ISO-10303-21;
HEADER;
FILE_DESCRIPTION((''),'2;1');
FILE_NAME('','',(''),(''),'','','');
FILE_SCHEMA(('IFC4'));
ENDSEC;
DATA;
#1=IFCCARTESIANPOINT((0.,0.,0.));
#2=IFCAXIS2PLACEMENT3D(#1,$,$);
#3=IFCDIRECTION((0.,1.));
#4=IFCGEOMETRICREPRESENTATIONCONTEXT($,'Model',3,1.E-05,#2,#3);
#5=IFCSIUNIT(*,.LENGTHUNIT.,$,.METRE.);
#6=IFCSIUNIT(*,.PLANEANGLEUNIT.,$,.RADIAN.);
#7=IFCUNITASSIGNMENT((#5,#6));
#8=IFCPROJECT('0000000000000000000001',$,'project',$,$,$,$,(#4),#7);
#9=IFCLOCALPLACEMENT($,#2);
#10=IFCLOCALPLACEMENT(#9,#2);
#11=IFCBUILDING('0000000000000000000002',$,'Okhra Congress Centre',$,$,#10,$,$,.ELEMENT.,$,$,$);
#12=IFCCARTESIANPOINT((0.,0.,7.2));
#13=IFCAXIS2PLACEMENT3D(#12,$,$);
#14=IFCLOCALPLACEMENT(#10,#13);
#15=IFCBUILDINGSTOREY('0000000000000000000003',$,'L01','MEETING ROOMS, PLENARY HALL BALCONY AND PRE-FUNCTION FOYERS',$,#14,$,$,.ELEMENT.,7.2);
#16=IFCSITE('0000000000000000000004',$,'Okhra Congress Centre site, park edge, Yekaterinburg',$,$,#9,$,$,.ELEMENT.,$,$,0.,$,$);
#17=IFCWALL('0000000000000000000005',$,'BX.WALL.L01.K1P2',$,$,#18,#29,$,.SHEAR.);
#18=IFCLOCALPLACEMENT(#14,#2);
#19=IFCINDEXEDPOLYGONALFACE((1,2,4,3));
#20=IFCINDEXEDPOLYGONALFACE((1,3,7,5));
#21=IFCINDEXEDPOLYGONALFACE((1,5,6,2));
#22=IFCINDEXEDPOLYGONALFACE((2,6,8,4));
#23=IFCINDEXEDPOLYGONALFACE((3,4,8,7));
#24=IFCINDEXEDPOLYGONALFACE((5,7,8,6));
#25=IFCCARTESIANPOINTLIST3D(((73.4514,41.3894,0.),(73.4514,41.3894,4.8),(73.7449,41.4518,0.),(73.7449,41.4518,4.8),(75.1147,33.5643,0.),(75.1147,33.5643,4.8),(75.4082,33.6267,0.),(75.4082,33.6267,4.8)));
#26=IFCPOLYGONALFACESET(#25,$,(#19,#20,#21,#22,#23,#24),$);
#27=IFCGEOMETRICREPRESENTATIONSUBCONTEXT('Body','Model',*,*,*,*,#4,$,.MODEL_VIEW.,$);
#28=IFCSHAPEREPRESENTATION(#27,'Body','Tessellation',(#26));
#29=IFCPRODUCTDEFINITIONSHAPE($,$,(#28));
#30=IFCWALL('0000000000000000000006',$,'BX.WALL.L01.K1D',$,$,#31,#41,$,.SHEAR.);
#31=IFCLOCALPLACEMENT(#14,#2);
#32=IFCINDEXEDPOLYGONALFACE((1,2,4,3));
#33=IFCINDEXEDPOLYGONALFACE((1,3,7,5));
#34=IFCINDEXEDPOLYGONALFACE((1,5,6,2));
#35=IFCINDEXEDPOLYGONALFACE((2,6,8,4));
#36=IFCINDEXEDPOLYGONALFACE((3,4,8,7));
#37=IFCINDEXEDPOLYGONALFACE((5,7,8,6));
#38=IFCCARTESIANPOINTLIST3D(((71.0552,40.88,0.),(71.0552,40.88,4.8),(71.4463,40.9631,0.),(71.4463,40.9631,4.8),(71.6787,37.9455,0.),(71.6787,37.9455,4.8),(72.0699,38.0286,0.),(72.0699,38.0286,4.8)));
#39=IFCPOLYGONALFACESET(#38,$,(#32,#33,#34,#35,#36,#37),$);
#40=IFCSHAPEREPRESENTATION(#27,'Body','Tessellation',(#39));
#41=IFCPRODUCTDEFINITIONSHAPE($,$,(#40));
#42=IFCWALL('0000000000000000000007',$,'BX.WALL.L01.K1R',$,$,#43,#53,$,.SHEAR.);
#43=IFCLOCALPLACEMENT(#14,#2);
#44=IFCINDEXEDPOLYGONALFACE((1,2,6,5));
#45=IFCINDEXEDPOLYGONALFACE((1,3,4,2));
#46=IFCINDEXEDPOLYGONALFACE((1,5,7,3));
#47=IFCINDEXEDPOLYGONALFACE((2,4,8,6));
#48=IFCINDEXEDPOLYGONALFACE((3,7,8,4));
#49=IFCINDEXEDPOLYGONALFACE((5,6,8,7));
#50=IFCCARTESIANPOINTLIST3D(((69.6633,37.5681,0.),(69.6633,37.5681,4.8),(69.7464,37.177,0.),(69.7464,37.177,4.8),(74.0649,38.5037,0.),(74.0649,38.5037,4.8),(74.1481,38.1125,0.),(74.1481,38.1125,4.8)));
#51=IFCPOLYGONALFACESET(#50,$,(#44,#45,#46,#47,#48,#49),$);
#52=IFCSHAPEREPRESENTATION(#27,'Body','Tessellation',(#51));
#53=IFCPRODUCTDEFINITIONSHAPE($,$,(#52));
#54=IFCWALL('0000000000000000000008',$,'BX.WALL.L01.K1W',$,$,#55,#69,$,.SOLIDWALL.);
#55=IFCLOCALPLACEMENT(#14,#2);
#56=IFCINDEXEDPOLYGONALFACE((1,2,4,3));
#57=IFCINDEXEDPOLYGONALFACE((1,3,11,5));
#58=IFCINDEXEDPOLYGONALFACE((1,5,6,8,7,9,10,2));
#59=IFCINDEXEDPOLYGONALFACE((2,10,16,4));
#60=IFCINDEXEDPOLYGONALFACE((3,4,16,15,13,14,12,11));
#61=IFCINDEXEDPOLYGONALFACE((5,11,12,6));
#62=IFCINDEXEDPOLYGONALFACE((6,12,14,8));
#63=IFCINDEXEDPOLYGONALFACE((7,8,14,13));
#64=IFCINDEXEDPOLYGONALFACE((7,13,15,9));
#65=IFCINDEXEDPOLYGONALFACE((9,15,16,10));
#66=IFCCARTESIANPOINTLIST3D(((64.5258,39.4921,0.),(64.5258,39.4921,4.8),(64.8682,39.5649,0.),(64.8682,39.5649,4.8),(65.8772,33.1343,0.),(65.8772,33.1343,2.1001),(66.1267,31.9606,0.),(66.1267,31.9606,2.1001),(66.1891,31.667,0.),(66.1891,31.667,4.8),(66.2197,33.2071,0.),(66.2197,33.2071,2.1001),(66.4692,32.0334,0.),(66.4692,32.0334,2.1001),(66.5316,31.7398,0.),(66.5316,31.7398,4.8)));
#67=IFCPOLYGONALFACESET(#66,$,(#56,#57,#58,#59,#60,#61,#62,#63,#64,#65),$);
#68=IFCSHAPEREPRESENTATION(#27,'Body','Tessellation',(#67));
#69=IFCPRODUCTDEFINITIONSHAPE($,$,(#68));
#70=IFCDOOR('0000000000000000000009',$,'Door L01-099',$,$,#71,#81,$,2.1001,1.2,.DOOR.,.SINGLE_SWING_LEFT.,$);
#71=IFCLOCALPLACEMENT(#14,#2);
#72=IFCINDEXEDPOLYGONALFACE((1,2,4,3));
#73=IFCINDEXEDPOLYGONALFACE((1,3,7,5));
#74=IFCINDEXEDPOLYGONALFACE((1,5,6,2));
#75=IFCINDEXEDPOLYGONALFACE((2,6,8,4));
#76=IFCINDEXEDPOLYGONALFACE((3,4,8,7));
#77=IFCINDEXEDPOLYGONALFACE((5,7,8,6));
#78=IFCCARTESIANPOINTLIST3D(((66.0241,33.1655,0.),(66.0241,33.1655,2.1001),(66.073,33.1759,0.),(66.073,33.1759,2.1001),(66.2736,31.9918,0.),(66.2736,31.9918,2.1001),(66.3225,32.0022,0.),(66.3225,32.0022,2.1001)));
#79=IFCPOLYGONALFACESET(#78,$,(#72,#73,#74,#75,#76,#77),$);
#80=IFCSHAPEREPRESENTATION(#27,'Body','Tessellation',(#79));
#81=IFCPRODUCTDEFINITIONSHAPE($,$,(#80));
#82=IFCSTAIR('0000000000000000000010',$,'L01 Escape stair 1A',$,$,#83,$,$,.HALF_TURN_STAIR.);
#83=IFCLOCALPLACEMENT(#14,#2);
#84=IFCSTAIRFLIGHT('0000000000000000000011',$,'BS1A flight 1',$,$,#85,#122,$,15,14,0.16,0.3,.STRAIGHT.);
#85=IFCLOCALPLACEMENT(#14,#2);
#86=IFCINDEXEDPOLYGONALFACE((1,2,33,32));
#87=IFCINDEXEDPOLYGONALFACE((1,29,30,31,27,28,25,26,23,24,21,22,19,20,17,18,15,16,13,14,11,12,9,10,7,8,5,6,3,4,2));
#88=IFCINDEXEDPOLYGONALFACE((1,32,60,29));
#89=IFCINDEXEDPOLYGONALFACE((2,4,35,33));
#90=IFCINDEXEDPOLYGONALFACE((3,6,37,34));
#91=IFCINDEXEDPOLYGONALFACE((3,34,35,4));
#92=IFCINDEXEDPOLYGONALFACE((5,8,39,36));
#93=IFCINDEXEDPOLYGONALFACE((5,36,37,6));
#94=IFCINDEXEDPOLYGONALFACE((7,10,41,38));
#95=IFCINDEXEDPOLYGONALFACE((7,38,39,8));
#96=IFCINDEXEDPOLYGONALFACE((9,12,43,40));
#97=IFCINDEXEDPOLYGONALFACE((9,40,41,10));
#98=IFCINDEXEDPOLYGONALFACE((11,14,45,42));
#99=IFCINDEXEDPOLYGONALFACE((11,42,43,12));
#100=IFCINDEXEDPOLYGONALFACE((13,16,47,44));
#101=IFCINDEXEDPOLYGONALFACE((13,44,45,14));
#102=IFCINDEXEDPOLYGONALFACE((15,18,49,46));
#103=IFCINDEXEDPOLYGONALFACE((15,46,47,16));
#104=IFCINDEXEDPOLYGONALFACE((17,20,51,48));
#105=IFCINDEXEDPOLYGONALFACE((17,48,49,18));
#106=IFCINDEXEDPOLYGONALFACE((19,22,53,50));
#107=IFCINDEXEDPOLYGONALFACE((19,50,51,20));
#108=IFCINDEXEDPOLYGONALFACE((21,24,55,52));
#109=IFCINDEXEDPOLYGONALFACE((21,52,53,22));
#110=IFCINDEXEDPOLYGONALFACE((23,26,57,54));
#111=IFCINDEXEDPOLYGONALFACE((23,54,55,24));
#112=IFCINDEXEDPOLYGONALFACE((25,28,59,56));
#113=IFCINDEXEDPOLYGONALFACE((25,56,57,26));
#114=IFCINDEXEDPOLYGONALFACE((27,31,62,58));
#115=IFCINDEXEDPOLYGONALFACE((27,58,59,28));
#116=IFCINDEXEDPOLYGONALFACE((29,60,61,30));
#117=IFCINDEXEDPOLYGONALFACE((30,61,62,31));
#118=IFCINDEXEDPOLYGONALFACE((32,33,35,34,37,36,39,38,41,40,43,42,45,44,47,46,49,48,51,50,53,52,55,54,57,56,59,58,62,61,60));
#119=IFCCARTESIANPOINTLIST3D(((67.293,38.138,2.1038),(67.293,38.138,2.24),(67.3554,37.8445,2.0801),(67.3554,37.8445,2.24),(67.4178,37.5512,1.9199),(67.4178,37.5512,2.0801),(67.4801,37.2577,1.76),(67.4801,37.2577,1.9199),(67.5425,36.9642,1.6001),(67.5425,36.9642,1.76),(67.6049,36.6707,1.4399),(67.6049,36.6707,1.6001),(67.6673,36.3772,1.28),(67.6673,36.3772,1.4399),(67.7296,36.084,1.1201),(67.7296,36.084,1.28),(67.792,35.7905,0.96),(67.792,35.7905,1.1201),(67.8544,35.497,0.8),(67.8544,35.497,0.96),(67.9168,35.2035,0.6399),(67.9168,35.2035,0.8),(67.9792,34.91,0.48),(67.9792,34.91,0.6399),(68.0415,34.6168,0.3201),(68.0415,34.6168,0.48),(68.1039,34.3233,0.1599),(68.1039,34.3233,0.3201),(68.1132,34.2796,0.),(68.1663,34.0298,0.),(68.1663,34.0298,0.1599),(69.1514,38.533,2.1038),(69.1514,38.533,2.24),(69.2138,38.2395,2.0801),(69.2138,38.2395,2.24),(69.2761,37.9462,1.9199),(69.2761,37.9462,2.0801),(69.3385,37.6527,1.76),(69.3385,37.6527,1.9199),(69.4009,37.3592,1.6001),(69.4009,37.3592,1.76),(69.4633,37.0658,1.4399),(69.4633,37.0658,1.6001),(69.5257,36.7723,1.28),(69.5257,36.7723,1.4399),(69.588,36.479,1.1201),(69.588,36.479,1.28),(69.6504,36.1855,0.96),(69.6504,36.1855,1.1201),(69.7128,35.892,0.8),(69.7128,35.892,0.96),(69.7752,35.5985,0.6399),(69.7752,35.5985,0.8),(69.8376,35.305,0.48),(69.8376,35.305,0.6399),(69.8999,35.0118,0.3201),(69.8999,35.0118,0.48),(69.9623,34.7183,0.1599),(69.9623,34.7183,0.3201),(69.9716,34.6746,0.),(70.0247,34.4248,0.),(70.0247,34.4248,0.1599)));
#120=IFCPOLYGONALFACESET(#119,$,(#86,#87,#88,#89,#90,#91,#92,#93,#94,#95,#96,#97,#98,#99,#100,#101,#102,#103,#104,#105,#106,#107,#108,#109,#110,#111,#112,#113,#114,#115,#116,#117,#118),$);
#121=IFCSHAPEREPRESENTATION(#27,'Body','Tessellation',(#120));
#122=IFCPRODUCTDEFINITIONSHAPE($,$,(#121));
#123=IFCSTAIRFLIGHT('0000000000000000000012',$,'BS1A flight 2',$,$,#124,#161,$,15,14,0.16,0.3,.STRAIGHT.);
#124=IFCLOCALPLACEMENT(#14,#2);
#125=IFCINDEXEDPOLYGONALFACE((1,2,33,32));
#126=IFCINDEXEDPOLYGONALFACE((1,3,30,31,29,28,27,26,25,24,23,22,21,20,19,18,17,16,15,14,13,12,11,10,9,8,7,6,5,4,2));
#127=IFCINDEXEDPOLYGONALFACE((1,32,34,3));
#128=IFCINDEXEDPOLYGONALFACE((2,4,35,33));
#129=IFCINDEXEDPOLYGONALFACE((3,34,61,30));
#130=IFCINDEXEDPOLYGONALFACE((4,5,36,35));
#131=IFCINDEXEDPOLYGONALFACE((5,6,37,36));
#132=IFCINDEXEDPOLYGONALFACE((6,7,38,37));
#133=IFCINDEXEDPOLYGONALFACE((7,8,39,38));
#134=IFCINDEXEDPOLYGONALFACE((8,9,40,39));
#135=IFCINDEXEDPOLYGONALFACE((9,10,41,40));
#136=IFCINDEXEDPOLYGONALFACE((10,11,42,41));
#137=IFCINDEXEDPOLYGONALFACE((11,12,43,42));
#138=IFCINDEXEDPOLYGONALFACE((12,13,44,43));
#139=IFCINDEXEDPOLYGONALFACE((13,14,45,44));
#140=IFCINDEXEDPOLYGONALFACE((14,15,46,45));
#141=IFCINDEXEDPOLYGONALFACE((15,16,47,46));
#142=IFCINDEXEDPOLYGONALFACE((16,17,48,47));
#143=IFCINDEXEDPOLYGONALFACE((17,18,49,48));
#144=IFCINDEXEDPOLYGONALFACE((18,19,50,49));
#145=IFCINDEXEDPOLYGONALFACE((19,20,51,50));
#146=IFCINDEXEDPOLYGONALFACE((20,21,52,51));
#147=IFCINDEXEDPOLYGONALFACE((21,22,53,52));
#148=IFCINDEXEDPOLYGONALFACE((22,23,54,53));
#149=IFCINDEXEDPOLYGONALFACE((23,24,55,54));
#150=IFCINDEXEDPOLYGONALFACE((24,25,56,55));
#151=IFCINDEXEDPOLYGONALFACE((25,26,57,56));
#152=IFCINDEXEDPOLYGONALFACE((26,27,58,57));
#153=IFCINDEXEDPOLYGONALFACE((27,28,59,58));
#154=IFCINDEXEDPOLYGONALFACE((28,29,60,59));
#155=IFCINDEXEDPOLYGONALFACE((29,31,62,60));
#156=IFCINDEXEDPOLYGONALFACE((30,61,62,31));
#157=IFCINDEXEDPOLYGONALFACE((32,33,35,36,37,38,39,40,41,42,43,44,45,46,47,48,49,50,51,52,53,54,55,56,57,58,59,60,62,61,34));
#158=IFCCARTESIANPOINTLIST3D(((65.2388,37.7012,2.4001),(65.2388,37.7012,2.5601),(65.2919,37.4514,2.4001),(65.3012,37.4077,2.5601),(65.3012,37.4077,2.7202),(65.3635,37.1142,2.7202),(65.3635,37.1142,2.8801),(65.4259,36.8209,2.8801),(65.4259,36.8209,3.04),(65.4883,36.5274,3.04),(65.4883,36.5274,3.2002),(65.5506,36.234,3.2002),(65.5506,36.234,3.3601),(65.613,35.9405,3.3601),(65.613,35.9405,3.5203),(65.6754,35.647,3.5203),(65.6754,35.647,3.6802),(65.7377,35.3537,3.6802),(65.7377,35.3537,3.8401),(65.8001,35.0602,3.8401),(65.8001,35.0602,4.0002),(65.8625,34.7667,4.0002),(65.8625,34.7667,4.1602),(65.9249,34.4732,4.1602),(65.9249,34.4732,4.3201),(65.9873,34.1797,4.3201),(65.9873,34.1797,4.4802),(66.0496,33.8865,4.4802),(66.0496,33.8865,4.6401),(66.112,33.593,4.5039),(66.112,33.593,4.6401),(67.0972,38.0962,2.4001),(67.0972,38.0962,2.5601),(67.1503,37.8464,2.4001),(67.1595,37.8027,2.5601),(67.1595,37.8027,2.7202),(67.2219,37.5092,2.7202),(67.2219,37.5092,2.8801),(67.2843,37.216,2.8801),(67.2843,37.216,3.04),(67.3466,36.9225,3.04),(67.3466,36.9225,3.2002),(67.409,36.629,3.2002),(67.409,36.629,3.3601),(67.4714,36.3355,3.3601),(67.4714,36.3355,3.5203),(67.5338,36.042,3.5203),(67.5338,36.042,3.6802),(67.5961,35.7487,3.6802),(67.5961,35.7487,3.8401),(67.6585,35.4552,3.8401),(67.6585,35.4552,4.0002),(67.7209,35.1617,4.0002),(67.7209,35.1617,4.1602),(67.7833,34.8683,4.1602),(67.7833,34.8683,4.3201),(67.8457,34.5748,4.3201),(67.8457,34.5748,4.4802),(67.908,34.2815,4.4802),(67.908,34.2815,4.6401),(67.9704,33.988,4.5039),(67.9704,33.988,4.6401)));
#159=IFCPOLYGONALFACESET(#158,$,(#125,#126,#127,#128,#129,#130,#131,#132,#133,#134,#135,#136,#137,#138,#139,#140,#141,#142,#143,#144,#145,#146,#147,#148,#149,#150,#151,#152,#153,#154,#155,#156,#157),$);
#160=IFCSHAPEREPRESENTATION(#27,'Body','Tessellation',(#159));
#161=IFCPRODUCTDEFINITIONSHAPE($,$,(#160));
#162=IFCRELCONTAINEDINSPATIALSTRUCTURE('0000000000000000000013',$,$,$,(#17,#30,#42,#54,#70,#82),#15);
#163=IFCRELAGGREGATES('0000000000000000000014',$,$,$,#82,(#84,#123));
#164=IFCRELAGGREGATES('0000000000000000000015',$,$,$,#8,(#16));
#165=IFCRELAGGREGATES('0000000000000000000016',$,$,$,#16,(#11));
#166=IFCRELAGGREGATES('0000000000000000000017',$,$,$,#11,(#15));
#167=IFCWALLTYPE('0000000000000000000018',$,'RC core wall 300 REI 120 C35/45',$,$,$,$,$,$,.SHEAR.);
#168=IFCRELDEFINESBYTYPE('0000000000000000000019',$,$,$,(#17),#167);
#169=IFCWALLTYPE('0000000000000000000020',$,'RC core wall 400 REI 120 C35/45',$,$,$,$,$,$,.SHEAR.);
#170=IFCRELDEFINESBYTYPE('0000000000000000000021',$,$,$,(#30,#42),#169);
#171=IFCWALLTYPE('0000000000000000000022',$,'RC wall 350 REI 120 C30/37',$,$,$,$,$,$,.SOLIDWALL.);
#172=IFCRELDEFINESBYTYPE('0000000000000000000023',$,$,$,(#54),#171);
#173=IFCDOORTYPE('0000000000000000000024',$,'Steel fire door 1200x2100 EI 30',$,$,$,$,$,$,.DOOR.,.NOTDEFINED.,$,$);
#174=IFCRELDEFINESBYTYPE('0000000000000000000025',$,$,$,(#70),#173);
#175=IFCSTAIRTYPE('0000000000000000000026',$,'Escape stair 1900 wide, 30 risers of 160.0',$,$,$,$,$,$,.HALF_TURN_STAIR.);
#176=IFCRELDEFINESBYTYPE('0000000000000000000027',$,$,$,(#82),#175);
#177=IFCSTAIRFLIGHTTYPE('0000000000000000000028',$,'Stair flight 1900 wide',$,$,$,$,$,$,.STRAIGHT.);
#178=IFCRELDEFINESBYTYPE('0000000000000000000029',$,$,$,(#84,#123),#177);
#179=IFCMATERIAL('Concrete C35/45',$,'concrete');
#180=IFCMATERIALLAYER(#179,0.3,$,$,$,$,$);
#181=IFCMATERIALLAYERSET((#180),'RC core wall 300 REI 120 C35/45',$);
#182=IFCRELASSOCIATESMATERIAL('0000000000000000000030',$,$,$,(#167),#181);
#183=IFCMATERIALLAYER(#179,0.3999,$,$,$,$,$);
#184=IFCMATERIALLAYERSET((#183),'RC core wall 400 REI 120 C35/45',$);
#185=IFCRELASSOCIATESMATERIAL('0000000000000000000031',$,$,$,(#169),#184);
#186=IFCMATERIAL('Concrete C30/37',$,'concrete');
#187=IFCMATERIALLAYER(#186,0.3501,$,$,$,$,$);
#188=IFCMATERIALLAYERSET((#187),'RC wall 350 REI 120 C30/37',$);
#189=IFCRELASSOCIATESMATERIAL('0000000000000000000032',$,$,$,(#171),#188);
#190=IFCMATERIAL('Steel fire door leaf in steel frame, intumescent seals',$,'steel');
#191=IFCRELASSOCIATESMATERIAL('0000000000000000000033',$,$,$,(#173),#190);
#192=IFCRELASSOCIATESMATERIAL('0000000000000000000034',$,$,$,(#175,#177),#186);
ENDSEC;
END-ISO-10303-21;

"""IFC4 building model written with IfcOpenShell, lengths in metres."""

from ifc_helpers import new_model, si_unit, direction, frame, frame_2d, origin, place, context, subcontext, project, spatial, polyline, rectangle, outline, extrude, material, layer, layer_set, type_object, element, fill, aggregate, save


model = new_model("IFC4")

# Units and contexts
model_context = context("Model", 3, precision=1e-05, world=origin(), true_north=direction((0.0, 1.0)))
body_context = subcontext(model_context, "Body", "Model", "MODEL_VIEW")
ifc_project = project(units=[si_unit("LENGTHUNIT", "METRE"), si_unit("PLANEANGLEUNIT", "RADIAN")], contexts=[model_context])

# Site, building, storey
site_placement = place(None, origin())
site = spatial("IfcSite", under=ifc_project, at=site_placement, Name="Okhra Congress Centre site, park edge, Yekaterinburg", CompositionType="ELEMENT", RefElevation=0.0)
building_placement = place(site_placement, origin())
building = spatial("IfcBuilding", under=site, at=building_placement, Name="Okhra Congress Centre", CompositionType="ELEMENT")
storey_placement = place(building_placement, frame((0.0, 0.0, 7.2)))
storey = spatial("IfcBuildingStorey", under=building, at=storey_placement, Name="L01", Description="MEETING ROOMS, PLENARY HALL BALCONY AND PRE-FUNCTION FOYERS", CompositionType="ELEMENT", Elevation=7.2)

# Shared definitions
ifc_material_1 = material(Name="Concrete C35/45", Category="concrete")
ifc_layer_1 = layer(ifc_material_1, 0.3)
ifc_layer_set_1 = layer_set([ifc_layer_1], Name="RC core wall 300 REI 120 C35/45")
wall_type_1 = type_object("IfcWallType", Name="RC core wall 300 REI 120 C35/45", PredefinedType="SHEAR", material=ifc_layer_set_1)
ifc_material_2 = material(Name="Steel fire door leaf in steel frame, intumescent seals", Category="steel")

# Walls
for number, where, z_axis, x_axis, name in (
    (1, (75.2615, 33.5955, 0.0), (0.0, 0.0, 1.0), (-0.207916, 0.978147, 0.0), "BX.WALL.L01.K1P2"),
):
    element("IfcWall", number, at=place(storey_placement, frame(where, z_axis=z_axis, x_axis=x_axis)), inside=storey, type_object=wall_type_1, Name=name, PredefinedType="SHEAR", context=body_context, shape_type="SweptSolid", body=[
        extrude(rectangle(XDim=8.0, YDim=0.3, at=frame_2d((4.0, 0.0))), origin(), (0.0, 0.0, 1.0), 4.8),
    ])
ifc_layer_2 = layer(ifc_material_1, 0.3999)
ifc_layer_set_2 = layer_set([ifc_layer_2], Name="RC core wall 400 REI 120 C35/45")
wall_type_2 = type_object("IfcWallType", Name="RC core wall 400 REI 120 C35/45", PredefinedType="SHEAR", material=ifc_layer_set_2)
wall_1_placement = place(storey_placement, frame((71.8743, 37.9871, 0.0), z_axis=(0.0, 0.0, 1.0), x_axis=(-0.207839, 0.978163, 0.0)))
element("IfcWall", 2, at=wall_1_placement, inside=storey, type_object=wall_type_2, Name="BX.WALL.L01.K1D", PredefinedType="SHEAR", context=body_context, shape_type="SweptSolid", body=[
    extrude(rectangle(XDim=3.0, YDim=0.3999, at=frame_2d((1.5, 0.0))), origin(), (0.0, 0.0, 1.0), 4.8),
])
wall_2_placement = place(storey_placement, frame((69.7048, 37.3726, 0.0), z_axis=(0.0, 0.0, 1.0), x_axis=(0.97815, 0.207902, 0.0)))
element("IfcWall", 3, at=wall_2_placement, inside=storey, type_object=wall_type_2, Name="BX.WALL.L01.K1R", PredefinedType="SHEAR", context=body_context, shape_type="SweptSolid", body=[
    extrude(rectangle(XDim=4.5, YDim=0.3999, at=frame_2d((2.25, 0.0))), origin(), (0.0, 0.0, 1.0), 4.8),
])

# Wall, opening, door
ifc_material_3 = material(Name="Concrete C30/37", Category="concrete")
ifc_layer_3 = layer(ifc_material_3, 0.3501)
ifc_layer_set_3 = layer_set([ifc_layer_3], Name="RC wall 350 REI 120 C30/37")
wall_type_3 = type_object("IfcWallType", Name="RC wall 350 REI 120 C30/37", PredefinedType="SOLIDWALL", material=ifc_layer_set_3)
wall_3_placement = place(storey_placement, frame((66.3604, 31.7034, 0.0), z_axis=(0.0, 0.0, 1.0), x_axis=(-0.207916, 0.978147, 0.0)))
wall_3 = element("IfcWall", 4, at=wall_3_placement, inside=storey, type_object=wall_type_3, Name="BX.WALL.L01.K1W", PredefinedType="SOLIDWALL", context=body_context, shape_type="SweptSolid", body=[
    extrude(rectangle(XDim=8.0, YDim=0.3501, at=frame_2d((4.0, 0.0))), origin(), (0.0, 0.0, 1.0), 4.8),
])
opening_1_placement = place(wall_3_placement, frame((0.3, 0.0, 0.0)))
opening_1 = element("IfcOpeningElement", 5, at=opening_1_placement, cuts=wall_3, PredefinedType="OPENING", context=body_context, shape_type="SweptSolid", body=[
    extrude(rectangle(XDim=1.2, YDim=2.1001, at=frame_2d((0.6001, 1.05))), frame((0.0, 0.1851, 0.0), z_axis=(0.0, -1.0, 0.0), x_axis=(1.0, 0.0, 0.0)), (0.0, 0.0, 1.0), 0.3701),
])
door_type_1 = type_object("IfcDoorType", Name="Steel fire door 1200x2100 EI 30", OperationType="NOTDEFINED", PredefinedType="DOOR", material=ifc_material_2)
door_1_placement = place(opening_1_placement, origin())
door_1 = element("IfcDoor", 6, at=door_1_placement, inside=storey, type_object=door_type_1, Name="Door L01-099", OperationType="SINGLE_SWING_LEFT", OverallHeight=2.1001, OverallWidth=1.2, PredefinedType="DOOR", context=body_context, shape_type="SweptSolid", body=[
    extrude(rectangle(XDim=1.2, YDim=2.1001, at=frame_2d((0.6001, 1.05))), frame((0.0, 0.0249, 0.0), z_axis=(0.0, -1.0, 0.0), x_axis=(1.0, 0.0, 0.0)), (0.0, 0.0, 1.0), 0.05),
])
fill(opening_1, door_1)

# Stair, stair flights
stair_type = type_object("IfcStairType", Name="Escape stair 1900 wide, 30 risers of 160.0", PredefinedType="HALF_TURN_STAIR", material=ifc_material_3)
stair_1_placement = place(storey_placement, origin())
stair_1 = element("IfcStair", 7, at=stair_1_placement, inside=storey, type_object=stair_type, Name="L01 Escape stair 1A", PredefinedType="HALF_TURN_STAIR")
stair_flight_type = type_object("IfcStairFlightType", Name="Stair flight 1900 wide", PredefinedType="STRAIGHT", material=ifc_material_3)
stair_flight_1_placement = place(storey_placement, frame((69.0955, 34.2273, 0.0), z_axis=(0.0, 0.0, 1.0), x_axis=(-0.207912, 0.978148, 0.0)))
stair_flight_1 = element("IfcStairFlight", 8, at=stair_flight_1_placement, type_object=stair_flight_type, Name="BS1A flight 1", NumberOfRisers=15, NumberOfTreads=14, PredefinedType="STRAIGHT", RiserHeight=0.16, TreadLength=0.3, context=body_context, shape_type="SweptSolid", body=[
    extrude(outline(polyline([(0.0, 0.0), (0.0, 0.1599), (0.3, 0.1599), (0.3, 0.3201), (0.6001, 0.3201), (0.6001, 0.48), (0.8999, 0.48), (0.8999, 0.6399), (1.2, 0.6399), (1.2, 0.8), (1.5, 0.8), (1.5, 0.96), (1.8, 0.96), (1.8, 1.1201), (2.1001, 1.1201), (2.1001, 1.28), (2.3999, 1.28), (2.3999, 1.4399), (2.7, 1.4399), (2.7, 1.6001), (3.0, 1.6001), (3.0, 1.76), (3.3, 1.76), (3.3, 1.9199), (3.6001, 1.9199), (3.6001, 2.0801), (3.8999, 2.0801), (3.8999, 2.24), (4.2, 2.24), (4.2, 2.3999), (4.2, 2.1038), (0.2554, 0.0), (0.0, 0.0)])), frame((0.0, 0.95, 0.0), z_axis=(0.0, -1.0, 0.0), x_axis=(1.0, 0.0, 0.0)), (0.0, 0.0, 1.0), 1.8999),
])
stair_flight_2_placement = place(storey_placement, frame((66.168, 37.8987, 2.4001), z_axis=(0.0, 0.0, 1.0), x_axis=(0.207912, -0.978148, 0.0)))
stair_flight_2 = element("IfcStairFlight", 9, at=stair_flight_2_placement, type_object=stair_flight_type, Name="BS1A flight 2", NumberOfRisers=15, NumberOfTreads=14, PredefinedType="STRAIGHT", RiserHeight=0.16, TreadLength=0.3, context=body_context, shape_type="SweptSolid", body=[
    extrude(outline(polyline([(0.0, 0.0), (0.0, 0.1599), (0.3, 0.1599), (0.3, 0.3201), (0.6001, 0.3201), (0.6001, 0.48), (0.8999, 0.48), (0.8999, 0.6399), (1.2, 0.6399), (1.2, 0.8), (1.5, 0.8), (1.5, 0.96), (1.8, 0.96), (1.8, 1.1201), (2.1001, 1.1201), (2.1001, 1.28), (2.3999, 1.28), (2.3999, 1.4399), (2.7, 1.4399), (2.7, 1.6001), (3.0, 1.6001), (3.0, 1.76), (3.3, 1.76), (3.3, 1.9199), (3.6001, 1.9199), (3.6001, 2.0801), (3.8999, 2.0801), (3.8999, 2.24), (4.2, 2.24), (4.2, 2.3999), (4.2, 2.1038), (0.2554, 0.0), (0.0, 0.0)])), frame((0.0, 0.95, 0.0), z_axis=(0.0, -1.0, 0.0), x_axis=(1.0, 0.0, 0.0)), (0.0, 0.0, 1.0), 1.8999),
])
aggregate(stair_1, [stair_flight_1, stair_flight_2])

save(model, "model.ifc")
